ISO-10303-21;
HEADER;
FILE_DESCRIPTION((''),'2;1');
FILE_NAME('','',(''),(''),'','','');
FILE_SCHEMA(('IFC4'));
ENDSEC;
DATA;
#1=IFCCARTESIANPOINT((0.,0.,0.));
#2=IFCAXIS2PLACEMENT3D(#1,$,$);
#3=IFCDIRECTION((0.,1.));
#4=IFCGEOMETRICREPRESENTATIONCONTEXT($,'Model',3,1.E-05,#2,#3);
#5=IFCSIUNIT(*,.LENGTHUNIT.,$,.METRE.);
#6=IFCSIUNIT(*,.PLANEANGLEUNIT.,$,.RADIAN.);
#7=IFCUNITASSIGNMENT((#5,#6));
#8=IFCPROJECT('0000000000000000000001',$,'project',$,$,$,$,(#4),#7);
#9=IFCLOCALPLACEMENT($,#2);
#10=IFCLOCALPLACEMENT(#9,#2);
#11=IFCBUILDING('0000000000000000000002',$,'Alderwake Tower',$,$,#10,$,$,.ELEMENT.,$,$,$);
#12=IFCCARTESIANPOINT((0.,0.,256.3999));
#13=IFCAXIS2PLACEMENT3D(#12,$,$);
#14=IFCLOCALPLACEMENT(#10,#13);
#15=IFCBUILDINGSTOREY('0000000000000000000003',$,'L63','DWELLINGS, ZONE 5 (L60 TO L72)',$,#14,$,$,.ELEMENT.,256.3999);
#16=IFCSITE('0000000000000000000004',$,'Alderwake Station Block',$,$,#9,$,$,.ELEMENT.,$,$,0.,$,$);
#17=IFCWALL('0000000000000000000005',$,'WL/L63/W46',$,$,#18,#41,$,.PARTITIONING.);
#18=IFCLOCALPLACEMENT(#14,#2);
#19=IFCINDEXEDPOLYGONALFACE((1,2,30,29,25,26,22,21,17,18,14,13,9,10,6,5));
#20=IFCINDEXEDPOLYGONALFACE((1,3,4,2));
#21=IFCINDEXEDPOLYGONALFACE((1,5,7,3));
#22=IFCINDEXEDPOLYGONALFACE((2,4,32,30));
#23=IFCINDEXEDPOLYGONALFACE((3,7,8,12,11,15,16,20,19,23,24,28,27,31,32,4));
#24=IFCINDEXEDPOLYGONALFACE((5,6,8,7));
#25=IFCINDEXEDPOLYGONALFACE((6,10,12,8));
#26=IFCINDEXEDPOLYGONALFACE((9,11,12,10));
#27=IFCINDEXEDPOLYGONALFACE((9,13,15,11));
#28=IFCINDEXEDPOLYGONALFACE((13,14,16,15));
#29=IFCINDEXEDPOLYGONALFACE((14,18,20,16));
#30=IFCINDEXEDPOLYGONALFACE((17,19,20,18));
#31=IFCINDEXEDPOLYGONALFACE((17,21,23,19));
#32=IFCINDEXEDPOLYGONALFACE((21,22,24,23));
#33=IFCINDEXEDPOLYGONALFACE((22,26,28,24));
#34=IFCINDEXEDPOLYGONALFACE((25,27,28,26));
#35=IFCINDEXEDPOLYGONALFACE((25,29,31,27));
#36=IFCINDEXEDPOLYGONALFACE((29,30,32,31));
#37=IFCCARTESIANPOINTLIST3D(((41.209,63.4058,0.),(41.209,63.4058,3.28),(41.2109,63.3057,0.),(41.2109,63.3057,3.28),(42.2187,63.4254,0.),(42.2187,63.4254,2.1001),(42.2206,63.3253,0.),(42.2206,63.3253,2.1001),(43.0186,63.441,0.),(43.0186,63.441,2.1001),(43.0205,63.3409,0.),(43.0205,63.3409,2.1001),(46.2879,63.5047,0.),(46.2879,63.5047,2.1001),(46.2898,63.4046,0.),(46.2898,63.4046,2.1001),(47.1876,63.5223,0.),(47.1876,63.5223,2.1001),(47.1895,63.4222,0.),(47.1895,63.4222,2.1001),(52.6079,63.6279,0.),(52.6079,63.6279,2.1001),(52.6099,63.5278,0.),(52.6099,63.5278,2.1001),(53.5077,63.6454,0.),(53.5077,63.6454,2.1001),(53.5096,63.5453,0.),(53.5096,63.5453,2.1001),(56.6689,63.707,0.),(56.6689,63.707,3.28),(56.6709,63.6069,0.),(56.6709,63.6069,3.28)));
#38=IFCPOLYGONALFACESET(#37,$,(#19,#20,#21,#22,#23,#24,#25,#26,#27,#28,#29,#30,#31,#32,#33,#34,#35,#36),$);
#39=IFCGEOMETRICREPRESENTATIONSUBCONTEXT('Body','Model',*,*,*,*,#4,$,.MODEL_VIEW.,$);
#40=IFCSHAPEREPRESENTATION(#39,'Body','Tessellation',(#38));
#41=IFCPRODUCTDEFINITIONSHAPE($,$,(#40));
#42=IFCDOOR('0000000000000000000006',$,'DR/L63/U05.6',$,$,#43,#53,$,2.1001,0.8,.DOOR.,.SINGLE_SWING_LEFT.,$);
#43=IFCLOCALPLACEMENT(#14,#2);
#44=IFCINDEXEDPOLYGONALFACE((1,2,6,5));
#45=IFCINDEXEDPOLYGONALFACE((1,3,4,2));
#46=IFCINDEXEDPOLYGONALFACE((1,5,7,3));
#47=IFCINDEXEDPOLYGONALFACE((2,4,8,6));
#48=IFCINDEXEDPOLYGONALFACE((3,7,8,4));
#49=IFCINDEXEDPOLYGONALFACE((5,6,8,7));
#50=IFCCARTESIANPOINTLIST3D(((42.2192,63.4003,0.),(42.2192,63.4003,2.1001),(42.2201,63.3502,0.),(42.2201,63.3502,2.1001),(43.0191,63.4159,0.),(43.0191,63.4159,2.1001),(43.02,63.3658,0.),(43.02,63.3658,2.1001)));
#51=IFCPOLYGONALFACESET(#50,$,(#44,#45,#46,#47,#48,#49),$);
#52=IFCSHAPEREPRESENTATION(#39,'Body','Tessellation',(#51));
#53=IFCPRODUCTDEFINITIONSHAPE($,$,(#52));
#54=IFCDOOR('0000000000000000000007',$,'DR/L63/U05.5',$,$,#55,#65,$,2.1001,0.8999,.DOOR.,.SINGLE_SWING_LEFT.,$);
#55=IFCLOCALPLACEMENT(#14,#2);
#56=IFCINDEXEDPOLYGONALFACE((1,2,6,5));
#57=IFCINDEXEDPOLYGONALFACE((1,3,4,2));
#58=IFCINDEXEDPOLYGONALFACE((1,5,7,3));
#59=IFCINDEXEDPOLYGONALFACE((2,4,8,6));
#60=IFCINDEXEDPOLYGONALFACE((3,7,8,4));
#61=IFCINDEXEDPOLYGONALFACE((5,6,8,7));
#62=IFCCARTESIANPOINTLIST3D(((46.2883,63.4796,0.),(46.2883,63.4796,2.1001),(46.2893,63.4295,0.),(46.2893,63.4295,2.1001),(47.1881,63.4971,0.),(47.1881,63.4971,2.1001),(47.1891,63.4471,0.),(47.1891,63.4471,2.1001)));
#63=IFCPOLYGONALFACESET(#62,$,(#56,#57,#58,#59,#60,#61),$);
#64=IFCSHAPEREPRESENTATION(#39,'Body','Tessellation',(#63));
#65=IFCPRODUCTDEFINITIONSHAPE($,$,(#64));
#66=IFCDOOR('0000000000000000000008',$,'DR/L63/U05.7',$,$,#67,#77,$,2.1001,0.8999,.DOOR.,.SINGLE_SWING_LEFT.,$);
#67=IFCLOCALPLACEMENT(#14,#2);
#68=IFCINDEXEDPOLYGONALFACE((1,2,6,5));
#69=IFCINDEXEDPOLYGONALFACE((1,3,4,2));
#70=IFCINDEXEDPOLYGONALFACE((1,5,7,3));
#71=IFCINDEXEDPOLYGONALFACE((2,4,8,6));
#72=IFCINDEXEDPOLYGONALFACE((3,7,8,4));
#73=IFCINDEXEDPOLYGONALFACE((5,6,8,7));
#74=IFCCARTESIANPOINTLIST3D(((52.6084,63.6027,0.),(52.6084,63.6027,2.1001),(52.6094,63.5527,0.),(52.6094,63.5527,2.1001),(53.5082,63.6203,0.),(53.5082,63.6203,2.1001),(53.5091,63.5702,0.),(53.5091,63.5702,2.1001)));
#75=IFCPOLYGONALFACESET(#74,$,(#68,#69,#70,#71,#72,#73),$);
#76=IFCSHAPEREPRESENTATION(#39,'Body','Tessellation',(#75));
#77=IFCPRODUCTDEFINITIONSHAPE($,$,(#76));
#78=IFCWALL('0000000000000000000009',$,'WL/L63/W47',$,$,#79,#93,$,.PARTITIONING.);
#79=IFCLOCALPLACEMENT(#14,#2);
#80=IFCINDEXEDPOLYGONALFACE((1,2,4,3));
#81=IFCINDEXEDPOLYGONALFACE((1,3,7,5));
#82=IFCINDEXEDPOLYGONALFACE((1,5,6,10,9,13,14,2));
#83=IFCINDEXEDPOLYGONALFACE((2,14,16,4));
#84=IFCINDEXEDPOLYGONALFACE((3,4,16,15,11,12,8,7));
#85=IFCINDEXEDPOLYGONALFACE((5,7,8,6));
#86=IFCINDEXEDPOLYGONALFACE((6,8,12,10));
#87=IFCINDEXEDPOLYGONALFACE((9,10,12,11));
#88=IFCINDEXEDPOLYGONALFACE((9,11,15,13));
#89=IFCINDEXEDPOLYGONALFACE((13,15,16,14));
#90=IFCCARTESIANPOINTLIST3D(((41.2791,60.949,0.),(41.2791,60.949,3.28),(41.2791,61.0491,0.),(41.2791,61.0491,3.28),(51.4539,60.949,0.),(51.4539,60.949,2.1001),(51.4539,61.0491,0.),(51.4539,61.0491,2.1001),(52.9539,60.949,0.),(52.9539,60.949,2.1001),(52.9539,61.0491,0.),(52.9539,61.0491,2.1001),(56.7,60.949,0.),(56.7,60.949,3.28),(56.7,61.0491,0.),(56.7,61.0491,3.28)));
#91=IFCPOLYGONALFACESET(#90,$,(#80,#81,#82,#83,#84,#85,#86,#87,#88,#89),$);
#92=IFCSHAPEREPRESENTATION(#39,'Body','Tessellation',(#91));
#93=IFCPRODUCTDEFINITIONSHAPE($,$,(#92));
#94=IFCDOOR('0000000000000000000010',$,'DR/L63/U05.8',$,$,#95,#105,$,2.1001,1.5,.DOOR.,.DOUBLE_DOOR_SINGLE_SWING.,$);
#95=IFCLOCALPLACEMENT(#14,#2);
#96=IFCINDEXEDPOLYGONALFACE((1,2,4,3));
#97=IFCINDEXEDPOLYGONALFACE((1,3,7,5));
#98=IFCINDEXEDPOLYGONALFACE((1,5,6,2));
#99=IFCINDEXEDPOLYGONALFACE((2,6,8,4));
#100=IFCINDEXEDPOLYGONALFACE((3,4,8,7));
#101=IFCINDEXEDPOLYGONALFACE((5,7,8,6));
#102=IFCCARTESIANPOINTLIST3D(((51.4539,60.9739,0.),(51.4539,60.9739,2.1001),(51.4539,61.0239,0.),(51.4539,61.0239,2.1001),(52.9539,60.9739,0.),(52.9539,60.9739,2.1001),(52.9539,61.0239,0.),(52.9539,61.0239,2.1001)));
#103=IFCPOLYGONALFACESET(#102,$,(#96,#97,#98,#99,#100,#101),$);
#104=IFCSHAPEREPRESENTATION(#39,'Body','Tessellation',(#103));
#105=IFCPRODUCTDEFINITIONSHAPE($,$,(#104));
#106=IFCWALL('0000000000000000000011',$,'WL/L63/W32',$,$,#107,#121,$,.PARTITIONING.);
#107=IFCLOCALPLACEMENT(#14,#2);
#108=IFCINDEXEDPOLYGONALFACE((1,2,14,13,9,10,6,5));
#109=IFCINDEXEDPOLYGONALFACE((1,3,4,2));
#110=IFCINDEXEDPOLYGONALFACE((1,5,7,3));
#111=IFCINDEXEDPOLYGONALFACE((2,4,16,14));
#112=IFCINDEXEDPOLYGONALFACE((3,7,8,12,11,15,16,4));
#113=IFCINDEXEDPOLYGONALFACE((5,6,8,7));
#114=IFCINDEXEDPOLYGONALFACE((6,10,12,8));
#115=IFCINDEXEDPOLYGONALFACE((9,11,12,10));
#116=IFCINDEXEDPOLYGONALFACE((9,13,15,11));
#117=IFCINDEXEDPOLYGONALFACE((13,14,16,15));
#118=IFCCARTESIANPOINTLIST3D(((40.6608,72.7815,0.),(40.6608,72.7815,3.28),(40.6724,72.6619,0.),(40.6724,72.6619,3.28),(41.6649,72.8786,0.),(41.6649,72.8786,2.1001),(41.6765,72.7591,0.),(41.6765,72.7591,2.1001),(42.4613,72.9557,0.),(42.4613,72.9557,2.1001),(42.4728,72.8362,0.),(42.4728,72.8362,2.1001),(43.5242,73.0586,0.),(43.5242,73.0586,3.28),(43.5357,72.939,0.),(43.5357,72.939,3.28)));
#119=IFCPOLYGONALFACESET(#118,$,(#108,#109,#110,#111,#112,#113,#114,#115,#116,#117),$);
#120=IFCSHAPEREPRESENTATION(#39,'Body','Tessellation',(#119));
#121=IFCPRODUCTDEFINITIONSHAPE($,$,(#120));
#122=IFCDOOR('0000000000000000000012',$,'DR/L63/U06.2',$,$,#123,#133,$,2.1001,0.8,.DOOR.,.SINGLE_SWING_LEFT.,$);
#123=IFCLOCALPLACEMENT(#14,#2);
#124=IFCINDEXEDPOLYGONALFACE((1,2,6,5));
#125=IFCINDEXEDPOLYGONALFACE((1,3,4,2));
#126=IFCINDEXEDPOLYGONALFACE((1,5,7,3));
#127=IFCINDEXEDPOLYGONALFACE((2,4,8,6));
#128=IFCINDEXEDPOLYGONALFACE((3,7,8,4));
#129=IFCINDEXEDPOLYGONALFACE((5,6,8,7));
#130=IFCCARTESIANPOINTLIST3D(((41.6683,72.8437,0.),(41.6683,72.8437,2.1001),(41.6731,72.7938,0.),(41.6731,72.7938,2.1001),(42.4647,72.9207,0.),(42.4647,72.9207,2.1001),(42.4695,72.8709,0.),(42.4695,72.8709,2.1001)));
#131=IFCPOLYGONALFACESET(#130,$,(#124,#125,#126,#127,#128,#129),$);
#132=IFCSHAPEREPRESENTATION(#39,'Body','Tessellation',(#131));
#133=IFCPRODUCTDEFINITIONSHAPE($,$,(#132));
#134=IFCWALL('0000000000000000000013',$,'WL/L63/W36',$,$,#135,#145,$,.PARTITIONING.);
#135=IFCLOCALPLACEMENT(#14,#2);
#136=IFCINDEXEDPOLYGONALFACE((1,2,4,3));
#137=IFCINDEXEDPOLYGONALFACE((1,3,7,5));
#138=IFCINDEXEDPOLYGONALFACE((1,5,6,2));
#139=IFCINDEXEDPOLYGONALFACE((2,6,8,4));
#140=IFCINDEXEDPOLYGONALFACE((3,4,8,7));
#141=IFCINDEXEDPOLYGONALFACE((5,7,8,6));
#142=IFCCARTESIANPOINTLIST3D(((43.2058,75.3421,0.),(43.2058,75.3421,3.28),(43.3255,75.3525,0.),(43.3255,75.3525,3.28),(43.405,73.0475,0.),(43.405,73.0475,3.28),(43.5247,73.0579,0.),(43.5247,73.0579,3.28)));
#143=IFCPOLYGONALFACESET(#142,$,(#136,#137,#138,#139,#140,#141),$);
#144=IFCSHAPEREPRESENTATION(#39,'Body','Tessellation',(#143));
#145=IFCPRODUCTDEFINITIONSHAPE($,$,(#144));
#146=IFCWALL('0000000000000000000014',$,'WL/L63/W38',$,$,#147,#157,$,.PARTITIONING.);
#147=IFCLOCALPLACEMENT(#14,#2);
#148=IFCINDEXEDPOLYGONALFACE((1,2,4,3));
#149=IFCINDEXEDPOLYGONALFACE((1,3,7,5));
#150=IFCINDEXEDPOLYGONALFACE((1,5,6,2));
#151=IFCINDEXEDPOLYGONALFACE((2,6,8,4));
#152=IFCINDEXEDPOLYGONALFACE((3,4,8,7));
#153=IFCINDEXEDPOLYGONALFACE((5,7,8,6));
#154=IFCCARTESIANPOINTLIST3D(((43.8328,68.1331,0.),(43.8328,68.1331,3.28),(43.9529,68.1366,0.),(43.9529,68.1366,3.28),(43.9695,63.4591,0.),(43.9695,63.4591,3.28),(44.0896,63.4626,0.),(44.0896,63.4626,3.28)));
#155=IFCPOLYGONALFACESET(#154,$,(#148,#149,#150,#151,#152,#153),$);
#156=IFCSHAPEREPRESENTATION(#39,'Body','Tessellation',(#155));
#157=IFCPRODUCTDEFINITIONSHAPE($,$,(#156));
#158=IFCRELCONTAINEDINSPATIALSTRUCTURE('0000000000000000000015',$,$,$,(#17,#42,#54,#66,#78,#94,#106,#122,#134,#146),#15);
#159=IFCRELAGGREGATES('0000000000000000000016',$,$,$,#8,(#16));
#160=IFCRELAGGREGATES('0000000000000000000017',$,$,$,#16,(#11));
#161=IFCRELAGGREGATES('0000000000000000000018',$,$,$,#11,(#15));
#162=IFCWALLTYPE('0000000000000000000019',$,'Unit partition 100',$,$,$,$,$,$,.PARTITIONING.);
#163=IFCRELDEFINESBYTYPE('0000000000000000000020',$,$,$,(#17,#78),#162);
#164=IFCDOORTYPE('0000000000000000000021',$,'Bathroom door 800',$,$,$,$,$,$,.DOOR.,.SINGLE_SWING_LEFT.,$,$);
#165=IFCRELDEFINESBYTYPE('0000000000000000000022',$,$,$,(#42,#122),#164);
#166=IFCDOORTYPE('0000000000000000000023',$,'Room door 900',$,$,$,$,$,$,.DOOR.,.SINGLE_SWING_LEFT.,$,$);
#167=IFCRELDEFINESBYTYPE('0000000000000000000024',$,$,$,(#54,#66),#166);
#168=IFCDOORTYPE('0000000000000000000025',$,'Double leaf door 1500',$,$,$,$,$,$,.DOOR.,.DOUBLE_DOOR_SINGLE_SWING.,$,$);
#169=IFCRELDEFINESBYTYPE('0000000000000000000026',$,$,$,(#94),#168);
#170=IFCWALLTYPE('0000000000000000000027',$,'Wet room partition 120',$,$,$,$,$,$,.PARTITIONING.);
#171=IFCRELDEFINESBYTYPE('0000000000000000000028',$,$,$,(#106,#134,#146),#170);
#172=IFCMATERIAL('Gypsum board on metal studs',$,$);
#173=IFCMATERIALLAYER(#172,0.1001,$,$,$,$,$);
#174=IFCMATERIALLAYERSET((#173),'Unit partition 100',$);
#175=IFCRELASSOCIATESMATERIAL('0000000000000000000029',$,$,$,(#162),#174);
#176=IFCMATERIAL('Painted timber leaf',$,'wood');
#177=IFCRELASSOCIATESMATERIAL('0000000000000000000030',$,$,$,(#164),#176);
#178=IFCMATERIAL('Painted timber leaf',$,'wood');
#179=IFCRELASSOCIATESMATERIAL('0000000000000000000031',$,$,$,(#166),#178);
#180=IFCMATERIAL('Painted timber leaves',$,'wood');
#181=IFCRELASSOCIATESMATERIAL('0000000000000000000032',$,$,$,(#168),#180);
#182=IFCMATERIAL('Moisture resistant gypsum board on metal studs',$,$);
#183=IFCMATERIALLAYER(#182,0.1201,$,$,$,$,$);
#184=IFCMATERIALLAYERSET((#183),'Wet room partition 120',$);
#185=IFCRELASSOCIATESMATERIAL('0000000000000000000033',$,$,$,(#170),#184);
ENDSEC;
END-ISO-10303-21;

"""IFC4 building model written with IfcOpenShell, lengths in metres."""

from ifc_helpers import new_model, si_unit, direction, frame, frame_2d, origin, place, context, subcontext, project, spatial, rectangle, extrude, material, layer, layer_set, type_object, element, fill, save


model = new_model("IFC4")

# Units and contexts
model_context = context("Model", 3, precision=1e-05, world=origin(), true_north=direction((0.0, 1.0)))
body_context = subcontext(model_context, "Body", "Model", "MODEL_VIEW")
ifc_project = project(units=[si_unit("LENGTHUNIT", "METRE"), si_unit("PLANEANGLEUNIT", "RADIAN")], contexts=[model_context])

# Site, building, storey
site_placement = place(None, origin())
site = spatial("IfcSite", under=ifc_project, at=site_placement, Name="Alderwake Station Block", CompositionType="ELEMENT", RefElevation=0.0)
building_placement = place(site_placement, origin())
building = spatial("IfcBuilding", under=site, at=building_placement, Name="Alderwake Tower", CompositionType="ELEMENT")
storey_placement = place(building_placement, frame((0.0, 0.0, 256.3999)))
storey = spatial("IfcBuildingStorey", under=building, at=storey_placement, Name="L63", Description="DWELLINGS, ZONE 5 (L60 TO L72)", CompositionType="ELEMENT", Elevation=256.3999)

# Wall, openings, doors
ifc_material_1 = material(Name="Gypsum board on metal studs")
ifc_layer_1 = layer(ifc_material_1, 0.1001)
ifc_layer_set_1 = layer_set([ifc_layer_1], Name="Unit partition 100")
wall_type_1 = type_object("IfcWallType", Name="Unit partition 100", PredefinedType="PARTITIONING", material=ifc_layer_set_1)
wall_1_placement = place(storey_placement, frame((41.21, 63.3557, 0.0), z_axis=(0.0, 0.0, 1.0), x_axis=(0.99981, 0.019483, 0.0)))
wall_1 = element("IfcWall", 1, at=wall_1_placement, inside=storey, type_object=wall_type_1, Name="WL/L63/W46", PredefinedType="PARTITIONING", context=body_context, shape_type="SweptSolid", body=[
    extrude(rectangle(XDim=15.4629, YDim=0.1001, at=frame_2d((7.7314, 0.0))), origin(), (0.0, 0.0, 1.0), 3.28),
])
opening_1_placement = place(wall_1_placement, frame((5.0798, 0.0, 0.0)))
opening_1 = element("IfcOpeningElement", 2, at=opening_1_placement, cuts=wall_1, PredefinedType="OPENING", context=body_context, shape_type="SweptSolid", body=[
    extrude(rectangle(XDim=0.8999, YDim=2.1001, at=frame_2d((0.45, 1.05))), frame((0.0, 0.0601, 0.0), z_axis=(0.0, -1.0, 0.0), x_axis=(1.0, 0.0, 0.0)), (0.0, 0.0, 1.0), 0.1201),
])
opening_2_placement = place(wall_1_placement, frame((1.01, 0.0, 0.0)))
opening_2 = element("IfcOpeningElement", 3, at=opening_2_placement, cuts=wall_1, PredefinedType="OPENING", context=body_context, shape_type="SweptSolid", body=[
    extrude(rectangle(XDim=0.8, YDim=2.1001, at=frame_2d((0.3999, 1.05))), frame((0.0, 0.0601, 0.0), z_axis=(0.0, -1.0, 0.0), x_axis=(1.0, 0.0, 0.0)), (0.0, 0.0, 1.0), 0.1201),
])
opening_3_placement = place(wall_1_placement, frame((11.4011, 0.0, 0.0)))
opening_3 = element("IfcOpeningElement", 4, at=opening_3_placement, cuts=wall_1, PredefinedType="OPENING", context=body_context, shape_type="SweptSolid", body=[
    extrude(rectangle(XDim=0.8999, YDim=2.1001, at=frame_2d((0.45, 1.05))), frame((0.0, 0.0601, 0.0), z_axis=(0.0, -1.0, 0.0), x_axis=(1.0, 0.0, 0.0)), (0.0, 0.0, 1.0), 0.1201),
])
ifc_material_2 = material(Name="Painted timber leaf", Category="wood")
door_type_1 = type_object("IfcDoorType", Name="Bathroom door 800", OperationType="SINGLE_SWING_LEFT", PredefinedType="DOOR", material=ifc_material_2)
door_1_placement = place(opening_2_placement, origin())
door_1 = element("IfcDoor", 5, at=door_1_placement, inside=storey, type_object=door_type_1, Name="DR/L63/U05.6", OperationType="SINGLE_SWING_LEFT", OverallHeight=2.1001, OverallWidth=0.8, PredefinedType="DOOR", context=body_context, shape_type="SweptSolid", body=[
    extrude(rectangle(XDim=0.8, YDim=2.1001, at=frame_2d((0.3999, 1.05))), frame((0.0, 0.0249, 0.0), z_axis=(0.0, -1.0, 0.0), x_axis=(1.0, 0.0, 0.0)), (0.0, 0.0, 1.0), 0.05),
])
fill(opening_2, door_1)
ifc_material_3 = material(Name="Painted timber leaf", Category="wood")
door_type_2 = type_object("IfcDoorType", Name="Room door 900", OperationType="SINGLE_SWING_LEFT", PredefinedType="DOOR", material=ifc_material_3)
door_2_placement = place(opening_1_placement, origin())
door_2 = element("IfcDoor", 6, at=door_2_placement, inside=storey, type_object=door_type_2, Name="DR/L63/U05.5", OperationType="SINGLE_SWING_LEFT", OverallHeight=2.1001, OverallWidth=0.8999, PredefinedType="DOOR", context=body_context, shape_type="SweptSolid", body=[
    extrude(rectangle(XDim=0.8999, YDim=2.1001, at=frame_2d((0.45, 1.05))), frame((0.0, 0.0249, 0.0), z_axis=(0.0, -1.0, 0.0), x_axis=(1.0, 0.0, 0.0)), (0.0, 0.0, 1.0), 0.05),
])
fill(opening_1, door_2)
door_3_placement = place(opening_3_placement, origin())
door_3 = element("IfcDoor", 7, at=door_3_placement, inside=storey, type_object=door_type_2, Name="DR/L63/U05.7", OperationType="SINGLE_SWING_LEFT", OverallHeight=2.1001, OverallWidth=0.8999, PredefinedType="DOOR", context=body_context, shape_type="SweptSolid", body=[
    extrude(rectangle(XDim=0.8999, YDim=2.1001, at=frame_2d((0.45, 1.05))), frame((0.0, 0.0249, 0.0), z_axis=(0.0, -1.0, 0.0), x_axis=(1.0, 0.0, 0.0)), (0.0, 0.0, 1.0), 0.05),
])
fill(opening_3, door_3)

# Walls, openings, doors
wall_2_placement = place(storey_placement, frame((41.2791, 60.999, 0.0), z_axis=(0.0, 0.0, 1.0), x_axis=(1.0, 0.0, 0.0)))
wall_2 = element("IfcWall", 8, at=wall_2_placement, inside=storey, type_object=wall_type_1, Name="WL/L63/W47", PredefinedType="PARTITIONING", context=body_context, shape_type="SweptSolid", body=[
    extrude(rectangle(XDim=15.4209, YDim=0.1001, at=frame_2d((7.7104, 0.0))), origin(), (0.0, 0.0, 1.0), 3.28),
])
opening_4_placement = place(wall_2_placement, frame((10.1748, 0.0, 0.0)))
opening_4 = element("IfcOpeningElement", 9, at=opening_4_placement, cuts=wall_2, PredefinedType="OPENING", context=body_context, shape_type="SweptSolid", body=[
    extrude(rectangle(XDim=1.5, YDim=2.1001, at=frame_2d((0.75, 1.05))), frame((0.0, 0.0601, 0.0), z_axis=(0.0, -1.0, 0.0), x_axis=(1.0, 0.0, 0.0)), (0.0, 0.0, 1.0), 0.1201),
])
ifc_material_4 = material(Name="Painted timber leaves", Category="wood")
door_type_3 = type_object("IfcDoorType", Name="Double leaf door 1500", OperationType="DOUBLE_DOOR_SINGLE_SWING", PredefinedType="DOOR", material=ifc_material_4)
door_4_placement = place(opening_4_placement, origin())
door_4 = element("IfcDoor", 10, at=door_4_placement, inside=storey, type_object=door_type_3, Name="DR/L63/U05.8", OperationType="DOUBLE_DOOR_SINGLE_SWING", OverallHeight=2.1001, OverallWidth=1.5, PredefinedType="DOOR", context=body_context, shape_type="SweptSolid", body=[
    extrude(rectangle(XDim=1.5, YDim=2.1001, at=frame_2d((0.75, 1.05))), frame((0.0, 0.0249, 0.0), z_axis=(0.0, -1.0, 0.0), x_axis=(1.0, 0.0, 0.0)), (0.0, 0.0, 1.0), 0.05),
])
fill(opening_4, door_4)
ifc_material_5 = material(Name="Moisture resistant gypsum board on metal studs")
ifc_layer_2 = layer(ifc_material_5, 0.1201)
ifc_layer_set_2 = layer_set([ifc_layer_2], Name="Wet room partition 120")
wall_type_2 = type_object("IfcWallType", Name="Wet room partition 120", PredefinedType="PARTITIONING", material=ifc_layer_set_2)
wall_3_placement = place(storey_placement, frame((40.6665, 72.7217, 0.0), z_axis=(0.0, 0.0, 1.0), x_axis=(0.99535, 0.096327, 0.0)))
wall_3 = element("IfcWall", 11, at=wall_3_placement, inside=storey, type_object=wall_type_2, Name="WL/L63/W32", PredefinedType="PARTITIONING", context=body_context, shape_type="SweptSolid", body=[
    extrude(rectangle(XDim=2.8767, YDim=0.1201, at=frame_2d((1.4385, 0.0))), origin(), (0.0, 0.0, 1.0), 3.28),
])
opening_5_placement = place(wall_3_placement, frame((1.009, 0.0, 0.0)))
opening_5 = element("IfcOpeningElement", 12, at=opening_5_placement, cuts=wall_3, PredefinedType="OPENING", context=body_context, shape_type="SweptSolid", body=[
    extrude(rectangle(XDim=0.8, YDim=2.1001, at=frame_2d((0.3999, 1.05))), frame((0.0, 0.0701, 0.0), z_axis=(0.0, -1.0, 0.0), x_axis=(1.0, 0.0, 0.0)), (0.0, 0.0, 1.0), 0.1401),
])
door_5_placement = place(opening_5_placement, origin())
door_5 = element("IfcDoor", 13, at=door_5_placement, inside=storey, type_object=door_type_1, Name="DR/L63/U06.2", OperationType="SINGLE_SWING_LEFT", OverallHeight=2.1001, OverallWidth=0.8, PredefinedType="DOOR", context=body_context, shape_type="SweptSolid", body=[
    extrude(rectangle(XDim=0.8, YDim=2.1001, at=frame_2d((0.3999, 1.05))), frame((0.0, 0.0249, 0.0), z_axis=(0.0, -1.0, 0.0), x_axis=(1.0, 0.0, 0.0)), (0.0, 0.0, 1.0), 0.05),
])
fill(opening_5, door_5)

# Walls
wall_4_placement = place(storey_placement, frame((43.4648, 73.0527, 0.0), z_axis=(0.0, 0.0, 1.0), x_axis=(-0.086492, 0.996253, 0.0)))
element("IfcWall", 14, at=wall_4_placement, inside=storey, type_object=wall_type_2, Name="WL/L63/W36", PredefinedType="PARTITIONING", context=body_context, shape_type="SweptSolid", body=[
    extrude(rectangle(XDim=2.3032, YDim=0.1201, at=frame_2d((1.1516, 0.0))), origin(), (0.0, 0.0, 1.0), 3.28),
])
wall_5_placement = place(storey_placement, frame((44.0295, 63.4609, 0.0), z_axis=(0.0, 0.0, 1.0), x_axis=(-0.029238, 0.999572, 0.0)))
element("IfcWall", 15, at=wall_5_placement, inside=storey, type_object=wall_type_2, Name="WL/L63/W38", PredefinedType="PARTITIONING", context=body_context, shape_type="SweptSolid", body=[
    extrude(rectangle(XDim=4.676, YDim=0.1201, at=frame_2d((2.3379, 0.0))), origin(), (0.0, 0.0, 1.0), 3.28),
])

save(model, "model.ifc")
